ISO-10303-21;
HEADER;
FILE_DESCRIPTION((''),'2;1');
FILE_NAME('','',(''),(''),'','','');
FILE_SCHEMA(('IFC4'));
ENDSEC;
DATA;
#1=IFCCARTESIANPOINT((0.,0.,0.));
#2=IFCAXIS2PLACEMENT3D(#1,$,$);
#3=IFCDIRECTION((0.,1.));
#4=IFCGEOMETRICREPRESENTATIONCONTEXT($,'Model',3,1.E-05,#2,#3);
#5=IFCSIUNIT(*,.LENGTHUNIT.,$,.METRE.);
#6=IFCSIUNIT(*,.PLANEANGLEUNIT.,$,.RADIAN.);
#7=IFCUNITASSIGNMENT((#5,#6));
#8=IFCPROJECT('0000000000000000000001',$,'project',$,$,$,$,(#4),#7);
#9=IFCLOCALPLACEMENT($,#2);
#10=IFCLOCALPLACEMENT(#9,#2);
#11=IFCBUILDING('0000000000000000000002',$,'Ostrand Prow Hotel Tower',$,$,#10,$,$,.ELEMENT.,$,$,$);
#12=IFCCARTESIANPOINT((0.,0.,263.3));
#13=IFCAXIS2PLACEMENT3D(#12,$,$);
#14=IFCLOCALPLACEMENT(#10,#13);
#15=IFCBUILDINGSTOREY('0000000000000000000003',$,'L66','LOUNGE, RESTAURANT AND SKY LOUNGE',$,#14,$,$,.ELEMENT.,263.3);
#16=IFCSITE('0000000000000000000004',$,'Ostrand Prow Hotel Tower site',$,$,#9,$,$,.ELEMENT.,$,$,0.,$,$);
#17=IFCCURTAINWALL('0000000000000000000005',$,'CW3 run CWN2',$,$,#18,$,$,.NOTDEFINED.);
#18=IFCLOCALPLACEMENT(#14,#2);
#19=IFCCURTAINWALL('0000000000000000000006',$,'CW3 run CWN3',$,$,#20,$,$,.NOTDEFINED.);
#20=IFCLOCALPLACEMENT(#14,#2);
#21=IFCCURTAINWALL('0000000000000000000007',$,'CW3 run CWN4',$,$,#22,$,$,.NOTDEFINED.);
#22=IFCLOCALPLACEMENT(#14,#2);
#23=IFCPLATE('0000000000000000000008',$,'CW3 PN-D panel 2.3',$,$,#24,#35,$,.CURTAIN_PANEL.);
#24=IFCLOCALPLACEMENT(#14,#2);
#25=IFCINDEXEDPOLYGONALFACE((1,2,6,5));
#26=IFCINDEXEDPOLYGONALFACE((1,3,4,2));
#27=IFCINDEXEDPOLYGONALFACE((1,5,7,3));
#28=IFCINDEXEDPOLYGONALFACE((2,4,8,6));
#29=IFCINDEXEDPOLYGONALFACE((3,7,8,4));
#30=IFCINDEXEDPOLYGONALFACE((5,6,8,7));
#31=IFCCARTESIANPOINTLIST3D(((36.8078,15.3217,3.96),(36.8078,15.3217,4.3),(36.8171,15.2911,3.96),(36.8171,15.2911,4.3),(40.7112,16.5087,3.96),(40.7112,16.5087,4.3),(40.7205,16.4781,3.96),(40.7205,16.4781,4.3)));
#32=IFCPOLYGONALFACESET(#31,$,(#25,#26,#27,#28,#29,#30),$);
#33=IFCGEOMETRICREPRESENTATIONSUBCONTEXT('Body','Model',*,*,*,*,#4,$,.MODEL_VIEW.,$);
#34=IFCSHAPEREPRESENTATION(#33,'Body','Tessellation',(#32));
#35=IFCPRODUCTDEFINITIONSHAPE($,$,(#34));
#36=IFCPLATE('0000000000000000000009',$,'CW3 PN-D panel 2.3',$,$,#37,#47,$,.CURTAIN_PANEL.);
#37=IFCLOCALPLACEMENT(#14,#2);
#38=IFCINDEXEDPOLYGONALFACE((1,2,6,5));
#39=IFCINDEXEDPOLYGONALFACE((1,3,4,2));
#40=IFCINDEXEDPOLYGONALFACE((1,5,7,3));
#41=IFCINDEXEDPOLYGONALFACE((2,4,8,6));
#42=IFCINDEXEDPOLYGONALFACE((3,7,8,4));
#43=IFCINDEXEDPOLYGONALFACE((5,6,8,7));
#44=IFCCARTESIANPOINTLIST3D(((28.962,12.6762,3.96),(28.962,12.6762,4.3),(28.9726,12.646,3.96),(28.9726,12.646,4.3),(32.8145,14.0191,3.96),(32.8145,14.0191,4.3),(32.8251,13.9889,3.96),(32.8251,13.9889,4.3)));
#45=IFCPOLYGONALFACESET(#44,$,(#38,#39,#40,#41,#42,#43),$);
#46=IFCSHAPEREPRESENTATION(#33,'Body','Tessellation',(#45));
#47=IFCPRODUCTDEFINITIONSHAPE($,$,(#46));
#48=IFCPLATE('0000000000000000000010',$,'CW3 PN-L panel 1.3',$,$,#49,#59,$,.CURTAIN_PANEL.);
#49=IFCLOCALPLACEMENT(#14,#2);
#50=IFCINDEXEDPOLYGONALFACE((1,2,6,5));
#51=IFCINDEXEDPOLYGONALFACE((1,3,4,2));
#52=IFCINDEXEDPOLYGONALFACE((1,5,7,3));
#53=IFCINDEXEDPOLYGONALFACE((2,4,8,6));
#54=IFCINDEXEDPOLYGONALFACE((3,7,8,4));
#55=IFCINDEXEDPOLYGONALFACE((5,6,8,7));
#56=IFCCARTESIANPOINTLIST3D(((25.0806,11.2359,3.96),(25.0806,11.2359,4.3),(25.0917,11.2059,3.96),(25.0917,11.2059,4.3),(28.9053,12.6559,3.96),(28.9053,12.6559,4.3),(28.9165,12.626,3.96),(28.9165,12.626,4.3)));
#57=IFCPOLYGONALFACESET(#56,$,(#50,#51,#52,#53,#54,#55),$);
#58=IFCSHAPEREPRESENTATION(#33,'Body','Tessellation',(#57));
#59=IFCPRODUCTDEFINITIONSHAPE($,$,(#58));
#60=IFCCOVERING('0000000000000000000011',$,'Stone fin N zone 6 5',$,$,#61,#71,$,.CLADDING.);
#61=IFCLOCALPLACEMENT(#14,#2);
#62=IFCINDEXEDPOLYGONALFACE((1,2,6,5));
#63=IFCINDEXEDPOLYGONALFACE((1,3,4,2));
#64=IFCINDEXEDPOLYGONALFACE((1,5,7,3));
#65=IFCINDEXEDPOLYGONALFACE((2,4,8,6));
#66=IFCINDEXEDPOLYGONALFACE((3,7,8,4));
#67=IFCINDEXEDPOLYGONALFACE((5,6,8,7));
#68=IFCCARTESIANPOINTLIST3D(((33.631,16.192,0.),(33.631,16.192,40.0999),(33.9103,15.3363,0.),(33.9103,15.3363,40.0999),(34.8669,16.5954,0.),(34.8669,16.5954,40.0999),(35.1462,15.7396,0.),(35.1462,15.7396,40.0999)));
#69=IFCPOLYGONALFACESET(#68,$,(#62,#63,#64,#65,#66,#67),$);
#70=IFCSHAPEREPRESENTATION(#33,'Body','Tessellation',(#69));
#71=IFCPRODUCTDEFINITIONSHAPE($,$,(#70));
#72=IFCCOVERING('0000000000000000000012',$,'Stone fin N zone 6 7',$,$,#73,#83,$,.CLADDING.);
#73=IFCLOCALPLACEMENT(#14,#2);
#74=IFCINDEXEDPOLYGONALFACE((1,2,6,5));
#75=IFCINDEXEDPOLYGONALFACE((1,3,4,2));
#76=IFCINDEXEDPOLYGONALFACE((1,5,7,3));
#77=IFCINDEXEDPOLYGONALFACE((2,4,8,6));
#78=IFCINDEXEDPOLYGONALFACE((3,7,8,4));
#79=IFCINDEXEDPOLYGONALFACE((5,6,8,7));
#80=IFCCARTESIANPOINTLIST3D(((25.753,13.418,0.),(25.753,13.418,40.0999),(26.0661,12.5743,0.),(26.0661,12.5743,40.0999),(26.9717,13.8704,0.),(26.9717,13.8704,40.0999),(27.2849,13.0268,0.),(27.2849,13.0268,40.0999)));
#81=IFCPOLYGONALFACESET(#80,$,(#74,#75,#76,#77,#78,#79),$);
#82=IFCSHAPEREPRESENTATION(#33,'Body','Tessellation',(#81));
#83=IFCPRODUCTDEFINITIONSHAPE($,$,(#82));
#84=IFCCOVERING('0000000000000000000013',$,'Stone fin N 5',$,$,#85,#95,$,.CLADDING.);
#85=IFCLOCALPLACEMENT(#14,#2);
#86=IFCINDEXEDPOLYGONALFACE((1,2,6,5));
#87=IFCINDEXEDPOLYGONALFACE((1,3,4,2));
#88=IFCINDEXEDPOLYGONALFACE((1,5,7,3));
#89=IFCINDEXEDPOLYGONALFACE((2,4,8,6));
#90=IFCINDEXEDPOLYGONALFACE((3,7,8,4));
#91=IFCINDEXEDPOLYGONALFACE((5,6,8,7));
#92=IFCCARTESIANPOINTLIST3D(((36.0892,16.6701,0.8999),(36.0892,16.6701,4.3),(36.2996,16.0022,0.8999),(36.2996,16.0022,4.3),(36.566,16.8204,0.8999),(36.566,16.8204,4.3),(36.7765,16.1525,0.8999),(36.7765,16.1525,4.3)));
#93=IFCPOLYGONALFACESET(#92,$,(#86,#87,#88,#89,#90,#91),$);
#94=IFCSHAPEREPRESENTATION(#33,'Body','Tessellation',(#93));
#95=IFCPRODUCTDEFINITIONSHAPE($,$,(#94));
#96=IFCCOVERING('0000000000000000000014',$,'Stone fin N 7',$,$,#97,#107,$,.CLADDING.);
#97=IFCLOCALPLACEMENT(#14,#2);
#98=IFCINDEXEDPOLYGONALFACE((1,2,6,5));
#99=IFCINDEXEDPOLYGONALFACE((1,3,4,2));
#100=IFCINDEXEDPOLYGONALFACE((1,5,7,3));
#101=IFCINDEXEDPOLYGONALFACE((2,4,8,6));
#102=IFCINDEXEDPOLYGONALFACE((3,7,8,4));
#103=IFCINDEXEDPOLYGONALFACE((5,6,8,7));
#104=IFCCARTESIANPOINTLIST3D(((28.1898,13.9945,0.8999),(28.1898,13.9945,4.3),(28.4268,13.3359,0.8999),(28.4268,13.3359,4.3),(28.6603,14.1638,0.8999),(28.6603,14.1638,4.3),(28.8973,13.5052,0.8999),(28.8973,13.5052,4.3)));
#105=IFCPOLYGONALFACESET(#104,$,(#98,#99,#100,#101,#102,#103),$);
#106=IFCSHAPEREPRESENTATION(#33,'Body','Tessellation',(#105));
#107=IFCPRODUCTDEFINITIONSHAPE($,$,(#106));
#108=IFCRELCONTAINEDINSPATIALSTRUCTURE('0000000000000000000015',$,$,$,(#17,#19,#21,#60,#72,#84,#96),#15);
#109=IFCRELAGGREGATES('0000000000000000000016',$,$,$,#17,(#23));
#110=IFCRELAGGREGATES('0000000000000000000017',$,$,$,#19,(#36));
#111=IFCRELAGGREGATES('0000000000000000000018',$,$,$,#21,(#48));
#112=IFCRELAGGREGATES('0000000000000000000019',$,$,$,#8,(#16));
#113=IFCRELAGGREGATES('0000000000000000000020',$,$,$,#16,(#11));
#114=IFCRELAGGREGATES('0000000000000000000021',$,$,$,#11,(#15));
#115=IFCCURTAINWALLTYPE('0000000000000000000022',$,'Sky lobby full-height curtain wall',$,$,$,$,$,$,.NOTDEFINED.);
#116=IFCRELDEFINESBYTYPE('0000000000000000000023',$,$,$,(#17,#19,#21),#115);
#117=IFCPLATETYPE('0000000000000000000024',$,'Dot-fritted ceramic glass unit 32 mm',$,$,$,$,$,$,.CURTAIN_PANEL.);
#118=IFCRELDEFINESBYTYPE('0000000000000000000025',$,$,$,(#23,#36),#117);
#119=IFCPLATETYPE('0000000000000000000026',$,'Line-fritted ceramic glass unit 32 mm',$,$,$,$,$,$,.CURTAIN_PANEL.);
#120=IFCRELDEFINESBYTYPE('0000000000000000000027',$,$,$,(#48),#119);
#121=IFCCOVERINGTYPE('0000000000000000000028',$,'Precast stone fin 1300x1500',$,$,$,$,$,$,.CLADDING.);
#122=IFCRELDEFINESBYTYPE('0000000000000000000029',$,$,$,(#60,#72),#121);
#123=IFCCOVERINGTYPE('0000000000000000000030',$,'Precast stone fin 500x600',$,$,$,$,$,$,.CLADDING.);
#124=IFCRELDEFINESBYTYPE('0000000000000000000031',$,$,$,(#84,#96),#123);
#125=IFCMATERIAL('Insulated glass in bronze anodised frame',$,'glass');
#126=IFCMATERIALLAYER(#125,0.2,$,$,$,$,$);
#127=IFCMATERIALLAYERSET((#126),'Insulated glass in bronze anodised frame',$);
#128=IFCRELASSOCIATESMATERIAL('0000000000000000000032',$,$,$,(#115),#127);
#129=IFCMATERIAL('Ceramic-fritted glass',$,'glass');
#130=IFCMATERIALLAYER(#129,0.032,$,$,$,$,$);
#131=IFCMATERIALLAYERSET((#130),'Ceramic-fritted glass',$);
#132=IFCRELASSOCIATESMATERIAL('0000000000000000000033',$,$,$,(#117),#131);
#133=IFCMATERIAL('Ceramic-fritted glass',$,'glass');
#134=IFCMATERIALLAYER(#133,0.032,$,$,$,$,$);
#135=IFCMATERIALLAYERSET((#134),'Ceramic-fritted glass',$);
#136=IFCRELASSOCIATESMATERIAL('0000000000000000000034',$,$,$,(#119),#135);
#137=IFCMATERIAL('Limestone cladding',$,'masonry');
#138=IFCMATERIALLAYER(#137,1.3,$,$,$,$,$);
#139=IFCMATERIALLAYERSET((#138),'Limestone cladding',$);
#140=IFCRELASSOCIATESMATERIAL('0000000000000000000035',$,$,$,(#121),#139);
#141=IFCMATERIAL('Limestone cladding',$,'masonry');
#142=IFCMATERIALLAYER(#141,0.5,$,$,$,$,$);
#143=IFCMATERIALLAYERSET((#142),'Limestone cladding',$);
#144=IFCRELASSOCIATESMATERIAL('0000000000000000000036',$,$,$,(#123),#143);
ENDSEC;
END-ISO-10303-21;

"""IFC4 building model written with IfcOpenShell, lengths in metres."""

from ifc_helpers import new_model, si_unit, direction, frame, frame_2d, origin, origin_2d, place, context, subcontext, project, spatial, rectangle, extrude, material, layer, layer_set, type_object, element, aggregate, save


model = new_model("IFC4")

# Units and contexts
model_context = context("Model", 3, precision=1e-05, world=origin(), true_north=direction((0.0, 1.0)))
body_context = subcontext(model_context, "Body", "Model", "MODEL_VIEW")
ifc_project = project(units=[si_unit("LENGTHUNIT", "METRE"), si_unit("PLANEANGLEUNIT", "RADIAN")], contexts=[model_context])

# Site, building, storey
site_placement = place(None, origin())
site = spatial("IfcSite", under=ifc_project, at=site_placement, Name="Ostrand Prow Hotel Tower site", CompositionType="ELEMENT", RefElevation=0.0)
building_placement = place(site_placement, origin())
building = spatial("IfcBuilding", under=site, at=building_placement, Name="Ostrand Prow Hotel Tower", CompositionType="ELEMENT")
storey_placement = place(building_placement, frame((0.0, 0.0, 263.3)))
storey = spatial("IfcBuildingStorey", under=building, at=storey_placement, Name="L66", Description="LOUNGE, RESTAURANT AND SKY LOUNGE", CompositionType="ELEMENT", Elevation=263.3)

# Curtain wall
ifc_material_1 = material(Name="Insulated glass in bronze anodised frame", Category="glass")
ifc_layer_1 = layer(ifc_material_1, 0.2)
ifc_layer_set_1 = layer_set([ifc_layer_1], Name="Insulated glass in bronze anodised frame")
curtain_wall_type = type_object("IfcCurtainWallType", Name="Sky lobby full-height curtain wall", PredefinedType="NOTDEFINED", material=ifc_layer_set_1)
curtain_wall_1_placement = place(storey_placement, origin())
curtain_wall_1 = element("IfcCurtainWall", 1, at=curtain_wall_1_placement, inside=storey, type_object=curtain_wall_type, Name="CW3 run CWN2", PredefinedType="NOTDEFINED")

# Curtain walls
curtain_wall_2_placement = place(storey_placement, origin())
curtain_wall_2 = element("IfcCurtainWall", 2, at=curtain_wall_2_placement, inside=storey, type_object=curtain_wall_type, Name="CW3 run CWN3", PredefinedType="NOTDEFINED")
curtain_wall_3_placement = place(storey_placement, origin())
curtain_wall_3 = element("IfcCurtainWall", 3, at=curtain_wall_3_placement, inside=storey, type_object=curtain_wall_type, Name="CW3 run CWN4", PredefinedType="NOTDEFINED")

# Plates
ifc_material_2 = material(Name="Ceramic-fritted glass", Category="glass")
ifc_layer_2 = layer(ifc_material_2, 0.032)
ifc_layer_set_2 = layer_set([ifc_layer_2], Name="Ceramic-fritted glass")
plate_type_1 = type_object("IfcPlateType", Name="Dot-fritted ceramic glass unit 32 mm", PredefinedType="CURTAIN_PANEL", material=ifc_layer_set_2)
plate_1_placement = place(storey_placement, frame((38.7642, 15.8999, 3.96), z_axis=(0.0, 0.0, 1.0), x_axis=(-0.956742, -0.290938, 0.0)))
plate_1 = element("IfcPlate", 4, at=plate_1_placement, type_object=plate_type_1, Name="CW3 PN-D panel 2.3", PredefinedType="CURTAIN_PANEL", context=body_context, shape_type="SweptSolid", body=[
    extrude(rectangle(XDim=4.0798, YDim=0.032, at=origin_2d()), origin(), (0.0, 0.0, 1.0), 0.3401),
])
aggregate(curtain_wall_1, [plate_1])
plate_2_placement = place(storey_placement, frame((30.8936, 13.3325, 3.96), z_axis=(0.0, 0.0, 1.0), x_axis=(-0.944275, -0.329158, 0.0)))
plate_2 = element("IfcPlate", 5, at=plate_2_placement, type_object=plate_type_1, Name="CW3 PN-D panel 2.3", PredefinedType="CURTAIN_PANEL", context=body_context, shape_type="SweptSolid", body=[
    extrude(rectangle(XDim=4.0798, YDim=0.032, at=origin_2d()), origin(), (0.0, 0.0, 1.0), 0.3401),
])
aggregate(curtain_wall_2, [plate_2])
ifc_material_3 = material(Name="Ceramic-fritted glass", Category="glass")
ifc_layer_3 = layer(ifc_material_3, 0.032)
ifc_layer_set_3 = layer_set([ifc_layer_3], Name="Ceramic-fritted glass")
plate_type_2 = type_object("IfcPlateType", Name="Line-fritted ceramic glass unit 32 mm", PredefinedType="CURTAIN_PANEL", material=ifc_layer_set_3)
plate_3_placement = place(storey_placement, frame((26.9985, 11.9309, 3.96), z_axis=(0.0, 0.0, 1.0), x_axis=(-0.937468, -0.348071, 0.0)))
plate_3 = element("IfcPlate", 6, at=plate_3_placement, type_object=plate_type_2, Name="CW3 PN-L panel 1.3", PredefinedType="CURTAIN_PANEL", context=body_context, shape_type="SweptSolid", body=[
    extrude(rectangle(XDim=4.0798, YDim=0.032, at=origin_2d()), origin(), (0.0, 0.0, 1.0), 0.3401),
])
aggregate(curtain_wall_3, [plate_3])

# Coverings
ifc_material_4 = material(Name="Limestone cladding", Category="masonry")
ifc_layer_4 = layer(ifc_material_4, 1.3)
ifc_layer_set_4 = layer_set([ifc_layer_4], Name="Limestone cladding")
covering_type_1 = type_object("IfcCoveringType", Name="Precast stone fin 1300x1500", PredefinedType="CLADDING", material=ifc_layer_set_4)
covering_1_placement = place(storey_placement, frame((34.5283, 15.5378, 0.0), z_axis=(0.0, 0.0, 1.0), x_axis=(-0.310282, 0.950645, 0.0)))
element("IfcCovering", 7, at=covering_1_placement, inside=storey, type_object=covering_type_1, Name="Stone fin N zone 6 5", PredefinedType="CLADDING", context=body_context, shape_type="SweptSolid", body=[
    extrude(rectangle(XDim=0.9001, YDim=1.3, at=frame_2d((0.4502, 0.0))), origin(), (0.0, 0.0, 1.0), 40.0999),
])
covering_2_placement = place(storey_placement, frame((26.6755, 12.8005, 0.0), z_axis=(0.0, 0.0, 1.0), x_axis=(-0.34803, 0.937483, 0.0)))
element("IfcCovering", 8, at=covering_2_placement, inside=storey, type_object=covering_type_1, Name="Stone fin N zone 6 7", PredefinedType="CLADDING", context=body_context, shape_type="SweptSolid", body=[
    extrude(rectangle(XDim=0.8999, YDim=1.3, at=frame_2d((0.45, 0.0))), origin(), (0.0, 0.0, 1.0), 40.0999),
])
ifc_material_5 = material(Name="Limestone cladding", Category="masonry")
ifc_layer_5 = layer(ifc_material_5, 0.5)
ifc_layer_set_5 = layer_set([ifc_layer_5], Name="Limestone cladding")
covering_type_2 = type_object("IfcCoveringType", Name="Precast stone fin 500x600", PredefinedType="CLADDING", material=ifc_layer_set_5)
covering_3_placement = place(storey_placement, frame((36.5381, 16.0774, 0.8999), z_axis=(0.0, 0.0, 1.0), x_axis=(-0.300597, 0.953751, 0.0)))
element("IfcCovering", 9, at=covering_3_placement, inside=storey, type_object=covering_type_2, Name="Stone fin N 5", PredefinedType="CLADDING", context=body_context, shape_type="SweptSolid", body=[
    extrude(rectangle(XDim=0.7002, YDim=0.5, at=frame_2d((0.3501, 0.0))), origin(), (0.0, 0.0, 1.0), 3.4001),
])
covering_4_placement = place(storey_placement, frame((28.6621, 13.4204, 0.8999), z_axis=(0.0, 0.0, 1.0), x_axis=(-0.338633, 0.940919, 0.0)))
element("IfcCovering", 10, at=covering_4_placement, inside=storey, type_object=covering_type_2, Name="Stone fin N 7", PredefinedType="CLADDING", context=body_context, shape_type="SweptSolid", body=[
    extrude(rectangle(XDim=0.7, YDim=0.5, at=frame_2d((0.3501, 0.0))), origin(), (0.0, 0.0, 1.0), 3.4001),
])

save(model, "model.ifc")
